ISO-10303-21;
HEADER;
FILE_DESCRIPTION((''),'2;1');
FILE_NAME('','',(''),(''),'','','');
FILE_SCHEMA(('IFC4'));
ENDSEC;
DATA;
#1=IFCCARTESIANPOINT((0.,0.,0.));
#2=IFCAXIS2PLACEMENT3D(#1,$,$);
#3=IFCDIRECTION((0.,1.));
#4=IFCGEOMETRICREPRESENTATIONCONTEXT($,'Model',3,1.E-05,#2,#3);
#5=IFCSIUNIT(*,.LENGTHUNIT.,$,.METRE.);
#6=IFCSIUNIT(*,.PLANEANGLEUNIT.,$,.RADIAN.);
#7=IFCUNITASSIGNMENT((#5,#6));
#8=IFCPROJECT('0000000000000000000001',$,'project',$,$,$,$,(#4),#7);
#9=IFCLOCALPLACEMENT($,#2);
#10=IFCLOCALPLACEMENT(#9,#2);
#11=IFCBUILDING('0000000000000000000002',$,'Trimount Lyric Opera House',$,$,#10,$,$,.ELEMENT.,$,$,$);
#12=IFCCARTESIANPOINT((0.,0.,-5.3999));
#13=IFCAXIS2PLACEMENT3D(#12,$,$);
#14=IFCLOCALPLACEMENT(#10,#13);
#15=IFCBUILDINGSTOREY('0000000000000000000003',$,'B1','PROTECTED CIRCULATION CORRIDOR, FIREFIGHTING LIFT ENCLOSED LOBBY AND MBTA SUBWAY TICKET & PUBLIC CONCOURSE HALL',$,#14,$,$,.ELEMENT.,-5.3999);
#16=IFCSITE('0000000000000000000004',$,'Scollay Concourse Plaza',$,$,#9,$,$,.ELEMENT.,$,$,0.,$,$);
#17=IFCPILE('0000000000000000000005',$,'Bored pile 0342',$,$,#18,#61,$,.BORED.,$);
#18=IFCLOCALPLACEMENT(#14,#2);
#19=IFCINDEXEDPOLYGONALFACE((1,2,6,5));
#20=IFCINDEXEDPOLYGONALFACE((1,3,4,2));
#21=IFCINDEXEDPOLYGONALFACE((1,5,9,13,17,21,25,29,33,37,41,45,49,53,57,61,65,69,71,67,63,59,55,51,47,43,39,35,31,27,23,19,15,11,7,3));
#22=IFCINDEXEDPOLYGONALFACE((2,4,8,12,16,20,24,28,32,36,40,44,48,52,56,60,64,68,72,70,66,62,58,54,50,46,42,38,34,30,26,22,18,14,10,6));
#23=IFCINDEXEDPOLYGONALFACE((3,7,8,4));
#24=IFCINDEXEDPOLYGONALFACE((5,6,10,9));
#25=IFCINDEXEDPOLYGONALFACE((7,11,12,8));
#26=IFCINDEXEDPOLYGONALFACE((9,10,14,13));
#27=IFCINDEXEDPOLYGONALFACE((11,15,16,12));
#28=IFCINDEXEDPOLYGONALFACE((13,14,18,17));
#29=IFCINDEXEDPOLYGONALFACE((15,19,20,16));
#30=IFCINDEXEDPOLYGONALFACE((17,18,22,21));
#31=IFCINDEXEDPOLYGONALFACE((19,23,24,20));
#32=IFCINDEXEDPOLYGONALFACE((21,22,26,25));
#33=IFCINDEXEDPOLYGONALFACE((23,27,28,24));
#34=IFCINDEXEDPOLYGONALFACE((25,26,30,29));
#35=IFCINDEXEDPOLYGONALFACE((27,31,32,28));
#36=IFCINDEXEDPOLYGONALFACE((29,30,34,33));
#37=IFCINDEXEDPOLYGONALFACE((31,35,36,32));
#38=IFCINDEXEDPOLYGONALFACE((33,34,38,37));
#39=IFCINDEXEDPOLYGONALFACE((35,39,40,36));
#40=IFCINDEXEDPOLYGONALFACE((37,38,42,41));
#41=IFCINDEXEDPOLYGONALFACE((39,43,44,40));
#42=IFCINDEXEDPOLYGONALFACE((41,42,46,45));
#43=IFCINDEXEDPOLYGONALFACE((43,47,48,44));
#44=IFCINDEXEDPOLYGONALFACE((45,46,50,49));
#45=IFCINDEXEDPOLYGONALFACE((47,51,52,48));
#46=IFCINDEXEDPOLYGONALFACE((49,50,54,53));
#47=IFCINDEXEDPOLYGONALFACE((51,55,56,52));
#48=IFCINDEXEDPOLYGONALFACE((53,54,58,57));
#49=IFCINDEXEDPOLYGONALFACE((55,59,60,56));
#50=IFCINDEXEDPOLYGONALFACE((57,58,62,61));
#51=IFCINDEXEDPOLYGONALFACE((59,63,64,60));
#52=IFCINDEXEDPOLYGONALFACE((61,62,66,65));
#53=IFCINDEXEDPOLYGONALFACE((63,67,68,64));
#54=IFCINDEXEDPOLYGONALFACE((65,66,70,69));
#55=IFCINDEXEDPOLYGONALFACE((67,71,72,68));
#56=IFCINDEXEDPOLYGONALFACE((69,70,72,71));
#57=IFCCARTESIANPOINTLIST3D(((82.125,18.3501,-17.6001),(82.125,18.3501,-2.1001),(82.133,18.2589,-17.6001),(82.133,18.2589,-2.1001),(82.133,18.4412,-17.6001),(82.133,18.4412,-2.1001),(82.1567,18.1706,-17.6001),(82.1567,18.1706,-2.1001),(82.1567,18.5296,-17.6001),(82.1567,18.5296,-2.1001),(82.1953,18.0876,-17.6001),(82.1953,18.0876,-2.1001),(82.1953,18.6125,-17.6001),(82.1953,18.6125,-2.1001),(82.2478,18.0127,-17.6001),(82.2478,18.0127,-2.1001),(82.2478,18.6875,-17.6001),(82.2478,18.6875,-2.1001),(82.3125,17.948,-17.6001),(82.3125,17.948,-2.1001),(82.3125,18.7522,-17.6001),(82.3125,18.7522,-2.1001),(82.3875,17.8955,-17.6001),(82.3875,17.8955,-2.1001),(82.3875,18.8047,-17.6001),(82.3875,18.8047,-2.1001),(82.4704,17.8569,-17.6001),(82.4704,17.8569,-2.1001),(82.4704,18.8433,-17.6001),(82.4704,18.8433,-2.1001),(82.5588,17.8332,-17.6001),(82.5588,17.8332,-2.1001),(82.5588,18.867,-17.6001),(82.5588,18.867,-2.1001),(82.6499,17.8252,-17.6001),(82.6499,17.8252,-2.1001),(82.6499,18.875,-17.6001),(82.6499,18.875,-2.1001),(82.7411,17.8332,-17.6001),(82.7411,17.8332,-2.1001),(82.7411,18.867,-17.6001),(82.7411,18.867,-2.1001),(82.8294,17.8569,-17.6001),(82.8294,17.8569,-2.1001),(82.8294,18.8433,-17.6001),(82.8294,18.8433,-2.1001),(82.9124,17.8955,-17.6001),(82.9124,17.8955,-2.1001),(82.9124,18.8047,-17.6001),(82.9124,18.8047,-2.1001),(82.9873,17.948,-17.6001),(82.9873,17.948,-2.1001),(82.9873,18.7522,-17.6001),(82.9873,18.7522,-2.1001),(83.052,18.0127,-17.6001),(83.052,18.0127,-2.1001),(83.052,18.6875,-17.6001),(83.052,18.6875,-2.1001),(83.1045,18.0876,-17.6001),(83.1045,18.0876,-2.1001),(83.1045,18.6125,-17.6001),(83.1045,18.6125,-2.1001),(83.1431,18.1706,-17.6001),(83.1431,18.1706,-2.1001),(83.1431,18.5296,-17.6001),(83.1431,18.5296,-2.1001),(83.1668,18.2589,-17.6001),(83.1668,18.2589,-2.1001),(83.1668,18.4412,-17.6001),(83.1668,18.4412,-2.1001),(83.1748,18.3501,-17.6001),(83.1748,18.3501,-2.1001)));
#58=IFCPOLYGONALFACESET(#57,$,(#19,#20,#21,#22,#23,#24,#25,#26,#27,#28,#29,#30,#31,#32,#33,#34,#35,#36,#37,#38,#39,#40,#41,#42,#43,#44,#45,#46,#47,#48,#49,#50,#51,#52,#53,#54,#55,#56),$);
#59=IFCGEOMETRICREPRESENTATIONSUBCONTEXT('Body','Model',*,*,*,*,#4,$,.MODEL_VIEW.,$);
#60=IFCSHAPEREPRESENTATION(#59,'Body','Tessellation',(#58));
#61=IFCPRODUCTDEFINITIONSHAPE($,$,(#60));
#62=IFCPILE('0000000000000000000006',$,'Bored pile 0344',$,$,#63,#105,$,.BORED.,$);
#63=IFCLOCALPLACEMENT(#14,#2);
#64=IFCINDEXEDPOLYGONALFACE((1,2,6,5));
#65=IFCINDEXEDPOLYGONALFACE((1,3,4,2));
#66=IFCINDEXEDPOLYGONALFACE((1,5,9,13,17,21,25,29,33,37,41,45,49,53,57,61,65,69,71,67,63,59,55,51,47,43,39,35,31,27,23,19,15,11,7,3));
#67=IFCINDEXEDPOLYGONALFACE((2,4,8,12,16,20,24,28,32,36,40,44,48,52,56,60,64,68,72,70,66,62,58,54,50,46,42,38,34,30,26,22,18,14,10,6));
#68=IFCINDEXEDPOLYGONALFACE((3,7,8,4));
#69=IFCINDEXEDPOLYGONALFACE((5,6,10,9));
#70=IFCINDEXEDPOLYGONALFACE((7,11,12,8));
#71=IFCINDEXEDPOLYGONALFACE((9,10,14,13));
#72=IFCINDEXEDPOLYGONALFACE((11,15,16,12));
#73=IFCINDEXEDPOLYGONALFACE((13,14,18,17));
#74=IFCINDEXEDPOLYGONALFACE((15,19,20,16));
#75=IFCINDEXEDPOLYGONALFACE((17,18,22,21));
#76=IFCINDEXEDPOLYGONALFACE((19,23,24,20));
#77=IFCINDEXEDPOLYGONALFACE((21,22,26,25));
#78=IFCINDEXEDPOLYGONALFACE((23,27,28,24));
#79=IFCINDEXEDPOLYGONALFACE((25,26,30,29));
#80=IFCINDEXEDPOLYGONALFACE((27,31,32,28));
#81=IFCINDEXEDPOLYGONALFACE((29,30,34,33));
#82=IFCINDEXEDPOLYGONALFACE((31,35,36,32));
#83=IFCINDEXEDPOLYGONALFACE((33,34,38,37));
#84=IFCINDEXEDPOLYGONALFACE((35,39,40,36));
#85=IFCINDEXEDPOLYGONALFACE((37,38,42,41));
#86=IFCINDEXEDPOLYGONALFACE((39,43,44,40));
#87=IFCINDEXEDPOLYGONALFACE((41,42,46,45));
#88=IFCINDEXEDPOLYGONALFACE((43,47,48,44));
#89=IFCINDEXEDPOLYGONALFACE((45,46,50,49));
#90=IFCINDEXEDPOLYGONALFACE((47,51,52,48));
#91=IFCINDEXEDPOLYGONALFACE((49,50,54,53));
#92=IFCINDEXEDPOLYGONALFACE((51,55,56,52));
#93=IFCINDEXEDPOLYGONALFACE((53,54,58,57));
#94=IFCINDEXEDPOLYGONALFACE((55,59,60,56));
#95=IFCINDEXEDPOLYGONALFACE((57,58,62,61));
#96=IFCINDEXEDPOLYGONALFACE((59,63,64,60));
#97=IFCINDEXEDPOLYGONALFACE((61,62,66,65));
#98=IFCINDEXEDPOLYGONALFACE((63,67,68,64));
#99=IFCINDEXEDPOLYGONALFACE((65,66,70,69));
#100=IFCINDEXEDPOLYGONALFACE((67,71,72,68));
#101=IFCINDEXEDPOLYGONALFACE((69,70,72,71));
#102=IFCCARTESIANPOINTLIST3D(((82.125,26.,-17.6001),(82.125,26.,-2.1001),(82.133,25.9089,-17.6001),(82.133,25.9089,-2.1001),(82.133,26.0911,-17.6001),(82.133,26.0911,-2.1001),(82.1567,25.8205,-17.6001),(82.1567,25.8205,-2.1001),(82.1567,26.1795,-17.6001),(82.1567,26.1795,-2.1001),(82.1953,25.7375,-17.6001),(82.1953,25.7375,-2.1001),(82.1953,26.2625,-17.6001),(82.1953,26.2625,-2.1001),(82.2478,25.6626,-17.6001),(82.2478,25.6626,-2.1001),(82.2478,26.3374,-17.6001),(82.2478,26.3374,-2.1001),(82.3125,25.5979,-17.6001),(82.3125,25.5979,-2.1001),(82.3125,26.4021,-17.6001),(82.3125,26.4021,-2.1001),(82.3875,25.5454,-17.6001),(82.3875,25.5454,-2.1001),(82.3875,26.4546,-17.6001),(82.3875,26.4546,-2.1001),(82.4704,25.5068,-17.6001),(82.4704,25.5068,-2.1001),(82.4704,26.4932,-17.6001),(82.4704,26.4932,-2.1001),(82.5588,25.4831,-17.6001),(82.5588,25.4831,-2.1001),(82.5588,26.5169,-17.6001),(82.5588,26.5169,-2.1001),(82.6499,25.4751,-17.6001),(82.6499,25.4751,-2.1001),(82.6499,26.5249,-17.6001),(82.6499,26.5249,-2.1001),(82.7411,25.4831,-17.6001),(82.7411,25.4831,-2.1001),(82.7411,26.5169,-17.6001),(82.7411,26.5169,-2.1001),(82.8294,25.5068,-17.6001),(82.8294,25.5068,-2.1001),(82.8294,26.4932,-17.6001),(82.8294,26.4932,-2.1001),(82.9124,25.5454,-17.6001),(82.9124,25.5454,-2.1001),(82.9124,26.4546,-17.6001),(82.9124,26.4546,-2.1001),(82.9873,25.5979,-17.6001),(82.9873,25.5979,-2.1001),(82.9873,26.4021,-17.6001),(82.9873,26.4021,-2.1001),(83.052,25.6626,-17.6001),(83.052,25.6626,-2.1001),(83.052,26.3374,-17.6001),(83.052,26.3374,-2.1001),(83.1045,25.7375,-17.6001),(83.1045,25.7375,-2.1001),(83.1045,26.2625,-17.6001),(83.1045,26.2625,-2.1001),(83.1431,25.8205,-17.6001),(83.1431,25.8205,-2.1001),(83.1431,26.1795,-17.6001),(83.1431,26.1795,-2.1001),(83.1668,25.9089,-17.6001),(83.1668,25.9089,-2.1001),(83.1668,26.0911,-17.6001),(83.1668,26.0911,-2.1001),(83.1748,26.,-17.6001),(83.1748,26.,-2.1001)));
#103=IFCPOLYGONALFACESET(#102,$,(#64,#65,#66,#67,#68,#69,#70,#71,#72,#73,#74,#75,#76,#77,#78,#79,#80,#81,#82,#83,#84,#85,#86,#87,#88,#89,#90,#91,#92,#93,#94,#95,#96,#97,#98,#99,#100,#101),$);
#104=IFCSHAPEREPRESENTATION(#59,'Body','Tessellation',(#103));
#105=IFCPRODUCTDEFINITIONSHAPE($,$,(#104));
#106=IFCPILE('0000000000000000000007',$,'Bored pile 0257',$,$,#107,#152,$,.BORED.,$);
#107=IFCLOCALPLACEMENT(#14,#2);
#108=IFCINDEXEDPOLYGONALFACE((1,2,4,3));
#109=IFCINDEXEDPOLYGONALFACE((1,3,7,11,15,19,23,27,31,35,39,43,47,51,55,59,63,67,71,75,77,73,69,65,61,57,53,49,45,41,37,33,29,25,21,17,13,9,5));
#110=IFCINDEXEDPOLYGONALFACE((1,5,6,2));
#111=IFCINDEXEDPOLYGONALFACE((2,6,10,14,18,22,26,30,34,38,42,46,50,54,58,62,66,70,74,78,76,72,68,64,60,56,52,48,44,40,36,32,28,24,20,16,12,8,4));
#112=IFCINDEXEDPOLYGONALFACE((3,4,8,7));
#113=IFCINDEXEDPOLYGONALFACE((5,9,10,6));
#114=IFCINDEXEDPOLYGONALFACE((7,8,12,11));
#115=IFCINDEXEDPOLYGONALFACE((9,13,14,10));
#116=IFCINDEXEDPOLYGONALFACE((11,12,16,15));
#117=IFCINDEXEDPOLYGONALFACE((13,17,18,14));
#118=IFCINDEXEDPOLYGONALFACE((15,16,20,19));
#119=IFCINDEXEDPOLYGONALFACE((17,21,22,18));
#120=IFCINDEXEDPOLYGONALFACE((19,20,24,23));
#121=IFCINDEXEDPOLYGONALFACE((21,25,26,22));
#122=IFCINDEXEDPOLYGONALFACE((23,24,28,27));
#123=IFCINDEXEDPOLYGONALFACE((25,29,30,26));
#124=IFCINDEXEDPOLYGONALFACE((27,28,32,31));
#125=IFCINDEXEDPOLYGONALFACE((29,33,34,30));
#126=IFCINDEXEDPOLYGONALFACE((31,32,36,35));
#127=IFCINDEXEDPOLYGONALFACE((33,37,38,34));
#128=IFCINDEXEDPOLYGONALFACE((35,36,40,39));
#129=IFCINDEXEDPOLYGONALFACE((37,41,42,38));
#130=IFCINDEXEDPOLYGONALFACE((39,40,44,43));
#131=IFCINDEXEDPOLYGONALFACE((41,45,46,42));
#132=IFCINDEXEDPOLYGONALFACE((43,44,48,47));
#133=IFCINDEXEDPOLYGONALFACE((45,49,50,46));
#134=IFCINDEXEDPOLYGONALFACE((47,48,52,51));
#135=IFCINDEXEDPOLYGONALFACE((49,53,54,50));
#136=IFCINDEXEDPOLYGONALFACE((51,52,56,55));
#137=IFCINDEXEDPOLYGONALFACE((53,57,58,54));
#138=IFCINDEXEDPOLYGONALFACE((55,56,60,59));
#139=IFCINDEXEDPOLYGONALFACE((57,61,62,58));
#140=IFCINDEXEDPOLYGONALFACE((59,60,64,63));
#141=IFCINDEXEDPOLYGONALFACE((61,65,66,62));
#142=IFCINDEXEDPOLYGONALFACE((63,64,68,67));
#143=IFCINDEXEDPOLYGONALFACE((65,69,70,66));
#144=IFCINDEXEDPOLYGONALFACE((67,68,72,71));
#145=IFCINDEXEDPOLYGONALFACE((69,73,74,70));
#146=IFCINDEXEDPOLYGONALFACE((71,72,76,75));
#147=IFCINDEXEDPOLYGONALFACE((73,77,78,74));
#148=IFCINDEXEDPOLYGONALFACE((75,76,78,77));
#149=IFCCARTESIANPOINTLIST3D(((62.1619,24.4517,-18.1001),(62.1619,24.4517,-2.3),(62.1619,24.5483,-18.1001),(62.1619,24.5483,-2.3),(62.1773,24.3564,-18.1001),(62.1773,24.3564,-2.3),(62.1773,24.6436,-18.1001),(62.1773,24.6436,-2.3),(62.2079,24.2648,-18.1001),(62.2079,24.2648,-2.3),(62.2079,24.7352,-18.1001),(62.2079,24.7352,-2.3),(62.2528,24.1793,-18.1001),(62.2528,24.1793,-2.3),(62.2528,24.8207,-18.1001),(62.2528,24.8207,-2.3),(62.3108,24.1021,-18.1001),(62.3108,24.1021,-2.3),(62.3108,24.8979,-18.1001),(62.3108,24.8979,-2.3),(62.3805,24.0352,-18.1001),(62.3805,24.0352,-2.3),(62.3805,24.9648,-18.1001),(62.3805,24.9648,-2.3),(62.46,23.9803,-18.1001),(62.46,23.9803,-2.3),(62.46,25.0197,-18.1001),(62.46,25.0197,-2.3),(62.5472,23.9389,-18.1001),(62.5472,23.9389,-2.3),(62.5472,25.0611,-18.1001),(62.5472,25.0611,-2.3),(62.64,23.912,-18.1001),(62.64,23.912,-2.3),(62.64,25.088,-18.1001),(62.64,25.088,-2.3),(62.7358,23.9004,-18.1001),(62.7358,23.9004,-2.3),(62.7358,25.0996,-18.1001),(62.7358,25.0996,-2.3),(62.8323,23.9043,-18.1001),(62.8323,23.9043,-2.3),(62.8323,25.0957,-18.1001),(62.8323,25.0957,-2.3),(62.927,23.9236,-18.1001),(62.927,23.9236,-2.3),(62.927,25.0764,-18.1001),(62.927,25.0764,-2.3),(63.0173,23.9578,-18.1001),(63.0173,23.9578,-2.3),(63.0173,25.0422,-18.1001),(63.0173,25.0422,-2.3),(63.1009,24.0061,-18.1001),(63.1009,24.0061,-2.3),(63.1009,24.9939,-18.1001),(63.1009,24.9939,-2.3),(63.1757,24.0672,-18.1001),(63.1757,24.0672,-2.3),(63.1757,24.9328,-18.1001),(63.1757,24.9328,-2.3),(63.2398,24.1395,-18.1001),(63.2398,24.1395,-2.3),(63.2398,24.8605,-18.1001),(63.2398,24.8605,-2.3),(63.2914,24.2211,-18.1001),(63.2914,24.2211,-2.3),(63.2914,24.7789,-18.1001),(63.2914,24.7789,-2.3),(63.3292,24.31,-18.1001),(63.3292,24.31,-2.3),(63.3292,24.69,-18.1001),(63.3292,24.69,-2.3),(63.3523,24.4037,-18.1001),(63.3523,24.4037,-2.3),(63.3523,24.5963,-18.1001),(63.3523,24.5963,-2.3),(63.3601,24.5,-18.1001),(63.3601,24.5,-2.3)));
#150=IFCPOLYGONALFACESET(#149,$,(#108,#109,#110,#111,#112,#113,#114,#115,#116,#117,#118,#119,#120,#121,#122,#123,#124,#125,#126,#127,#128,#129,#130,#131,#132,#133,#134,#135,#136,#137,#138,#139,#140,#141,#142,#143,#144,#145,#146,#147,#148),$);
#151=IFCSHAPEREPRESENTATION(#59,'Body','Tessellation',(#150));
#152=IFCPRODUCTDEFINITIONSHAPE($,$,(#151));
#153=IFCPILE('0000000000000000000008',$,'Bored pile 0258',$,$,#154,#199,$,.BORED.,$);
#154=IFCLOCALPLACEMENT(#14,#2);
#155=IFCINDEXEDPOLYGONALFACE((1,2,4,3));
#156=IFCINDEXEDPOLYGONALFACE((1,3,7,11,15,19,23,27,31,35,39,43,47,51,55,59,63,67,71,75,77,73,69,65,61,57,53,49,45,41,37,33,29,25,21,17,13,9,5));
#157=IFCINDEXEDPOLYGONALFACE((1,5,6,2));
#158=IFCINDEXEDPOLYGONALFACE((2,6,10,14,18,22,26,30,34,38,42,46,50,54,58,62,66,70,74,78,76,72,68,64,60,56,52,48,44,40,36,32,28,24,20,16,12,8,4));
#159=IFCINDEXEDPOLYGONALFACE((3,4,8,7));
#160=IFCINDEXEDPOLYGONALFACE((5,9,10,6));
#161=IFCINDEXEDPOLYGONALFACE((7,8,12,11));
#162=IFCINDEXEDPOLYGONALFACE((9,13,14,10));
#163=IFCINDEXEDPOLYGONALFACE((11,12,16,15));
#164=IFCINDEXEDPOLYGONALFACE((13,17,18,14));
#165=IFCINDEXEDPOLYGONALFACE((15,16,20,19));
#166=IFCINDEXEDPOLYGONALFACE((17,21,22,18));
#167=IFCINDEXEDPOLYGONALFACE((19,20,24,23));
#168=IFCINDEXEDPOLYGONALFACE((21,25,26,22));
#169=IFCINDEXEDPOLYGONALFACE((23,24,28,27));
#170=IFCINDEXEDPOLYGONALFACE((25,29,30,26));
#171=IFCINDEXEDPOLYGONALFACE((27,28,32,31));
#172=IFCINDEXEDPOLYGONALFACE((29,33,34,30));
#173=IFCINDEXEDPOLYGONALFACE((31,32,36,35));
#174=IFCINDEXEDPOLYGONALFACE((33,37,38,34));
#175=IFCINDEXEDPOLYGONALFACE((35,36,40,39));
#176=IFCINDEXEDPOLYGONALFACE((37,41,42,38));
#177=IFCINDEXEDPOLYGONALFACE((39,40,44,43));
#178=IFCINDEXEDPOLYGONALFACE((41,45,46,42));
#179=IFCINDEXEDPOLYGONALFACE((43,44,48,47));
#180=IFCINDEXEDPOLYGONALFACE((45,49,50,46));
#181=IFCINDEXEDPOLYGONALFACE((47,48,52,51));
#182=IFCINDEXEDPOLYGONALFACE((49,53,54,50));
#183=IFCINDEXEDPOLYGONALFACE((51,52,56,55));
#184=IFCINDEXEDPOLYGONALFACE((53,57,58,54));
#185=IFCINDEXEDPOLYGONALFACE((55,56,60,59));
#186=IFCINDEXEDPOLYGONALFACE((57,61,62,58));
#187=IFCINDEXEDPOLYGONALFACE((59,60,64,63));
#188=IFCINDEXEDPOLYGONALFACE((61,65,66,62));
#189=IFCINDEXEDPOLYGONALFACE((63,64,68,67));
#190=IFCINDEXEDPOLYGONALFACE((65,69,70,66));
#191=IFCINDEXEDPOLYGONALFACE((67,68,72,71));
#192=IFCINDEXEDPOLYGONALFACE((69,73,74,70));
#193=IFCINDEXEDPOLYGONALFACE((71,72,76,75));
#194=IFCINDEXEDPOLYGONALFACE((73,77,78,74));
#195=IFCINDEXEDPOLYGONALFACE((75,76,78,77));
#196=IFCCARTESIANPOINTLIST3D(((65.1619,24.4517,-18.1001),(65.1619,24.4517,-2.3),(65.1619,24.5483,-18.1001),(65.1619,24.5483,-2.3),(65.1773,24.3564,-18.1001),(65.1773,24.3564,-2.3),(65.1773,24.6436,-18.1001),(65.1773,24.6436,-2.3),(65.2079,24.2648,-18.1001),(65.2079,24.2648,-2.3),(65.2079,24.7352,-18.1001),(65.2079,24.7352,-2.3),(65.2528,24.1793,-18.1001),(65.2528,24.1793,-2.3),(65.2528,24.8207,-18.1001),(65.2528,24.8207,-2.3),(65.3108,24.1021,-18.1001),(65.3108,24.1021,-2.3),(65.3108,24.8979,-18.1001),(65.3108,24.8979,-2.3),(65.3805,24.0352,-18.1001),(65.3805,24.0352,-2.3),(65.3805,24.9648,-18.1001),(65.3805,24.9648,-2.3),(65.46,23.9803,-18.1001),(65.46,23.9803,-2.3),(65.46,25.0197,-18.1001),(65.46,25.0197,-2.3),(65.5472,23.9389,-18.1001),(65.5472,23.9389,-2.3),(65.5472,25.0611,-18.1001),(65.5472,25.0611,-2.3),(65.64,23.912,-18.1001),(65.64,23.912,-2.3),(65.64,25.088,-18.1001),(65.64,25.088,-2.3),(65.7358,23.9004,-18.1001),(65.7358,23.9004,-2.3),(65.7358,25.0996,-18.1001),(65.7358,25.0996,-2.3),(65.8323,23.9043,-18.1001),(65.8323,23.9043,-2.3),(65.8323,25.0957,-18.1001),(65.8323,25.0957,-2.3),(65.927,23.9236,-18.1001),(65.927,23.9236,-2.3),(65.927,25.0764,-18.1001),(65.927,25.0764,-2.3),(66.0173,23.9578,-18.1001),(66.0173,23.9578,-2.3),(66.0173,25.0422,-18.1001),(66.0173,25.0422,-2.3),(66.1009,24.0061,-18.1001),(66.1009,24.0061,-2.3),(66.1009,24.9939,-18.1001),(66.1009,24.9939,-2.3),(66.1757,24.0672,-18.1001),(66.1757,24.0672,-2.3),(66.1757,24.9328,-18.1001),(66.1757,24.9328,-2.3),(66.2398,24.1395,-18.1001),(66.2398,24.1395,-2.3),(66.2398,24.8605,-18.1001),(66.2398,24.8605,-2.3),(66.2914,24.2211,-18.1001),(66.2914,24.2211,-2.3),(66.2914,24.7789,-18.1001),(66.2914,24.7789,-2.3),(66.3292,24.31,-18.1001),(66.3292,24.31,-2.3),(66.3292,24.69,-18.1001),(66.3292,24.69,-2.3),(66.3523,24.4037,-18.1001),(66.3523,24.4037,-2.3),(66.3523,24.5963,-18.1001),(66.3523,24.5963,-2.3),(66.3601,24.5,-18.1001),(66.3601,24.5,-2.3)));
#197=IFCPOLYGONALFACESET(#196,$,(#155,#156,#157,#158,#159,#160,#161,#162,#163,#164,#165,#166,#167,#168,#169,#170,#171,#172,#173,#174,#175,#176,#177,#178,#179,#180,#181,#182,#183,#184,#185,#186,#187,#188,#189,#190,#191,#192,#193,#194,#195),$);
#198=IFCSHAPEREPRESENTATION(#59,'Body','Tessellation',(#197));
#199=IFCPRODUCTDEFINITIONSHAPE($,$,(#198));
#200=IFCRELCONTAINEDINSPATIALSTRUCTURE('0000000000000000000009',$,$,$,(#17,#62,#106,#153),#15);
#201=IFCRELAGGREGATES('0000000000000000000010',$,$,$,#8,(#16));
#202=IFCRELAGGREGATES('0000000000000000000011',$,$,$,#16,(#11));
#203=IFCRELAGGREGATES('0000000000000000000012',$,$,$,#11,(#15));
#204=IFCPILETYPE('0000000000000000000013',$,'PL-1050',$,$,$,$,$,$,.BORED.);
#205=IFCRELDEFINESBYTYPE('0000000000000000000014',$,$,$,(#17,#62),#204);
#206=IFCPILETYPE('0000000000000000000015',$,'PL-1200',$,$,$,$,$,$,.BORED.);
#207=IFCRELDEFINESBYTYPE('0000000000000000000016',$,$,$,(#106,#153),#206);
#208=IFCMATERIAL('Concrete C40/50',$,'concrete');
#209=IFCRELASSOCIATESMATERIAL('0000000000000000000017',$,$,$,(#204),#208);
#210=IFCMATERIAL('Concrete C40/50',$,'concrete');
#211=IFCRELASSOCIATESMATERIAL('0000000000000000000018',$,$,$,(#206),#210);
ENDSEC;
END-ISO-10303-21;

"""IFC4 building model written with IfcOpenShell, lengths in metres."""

from ifc_helpers import new_model, si_unit, direction, frame, origin, origin_2d, place, context, subcontext, project, spatial, circle, extrude, material, material_profile, profile_set, type_object, element, save


model = new_model("IFC4")

# Units and contexts
model_context = context("Model", 3, precision=1e-05, world=origin(), true_north=direction((0.0, 1.0)))
body_context = subcontext(model_context, "Body", "Model", "MODEL_VIEW")
ifc_project = project(units=[si_unit("LENGTHUNIT", "METRE"), si_unit("PLANEANGLEUNIT", "RADIAN")], contexts=[model_context])

# Site, building, storey
site_placement = place(None, origin())
site = spatial("IfcSite", under=ifc_project, at=site_placement, Name="Scollay Concourse Plaza", CompositionType="ELEMENT", RefElevation=0.0)
building_placement = place(site_placement, origin())
building = spatial("IfcBuilding", under=site, at=building_placement, Name="Trimount Lyric Opera House", CompositionType="ELEMENT")
storey_placement = place(building_placement, frame((0.0, 0.0, -5.3999)))
storey = spatial("IfcBuildingStorey", under=building, at=storey_placement, Name="B1", Description="PROTECTED CIRCULATION CORRIDOR, FIREFIGHTING LIFT ENCLOSED LOBBY AND MBTA SUBWAY TICKET & PUBLIC CONCOURSE HALL", CompositionType="ELEMENT", Elevation=-5.3999)

# Piles
ifc_material_1 = material(Name="Concrete C40/50", Category="concrete")
ifc_material_profile_1 = material_profile(ifc_material_1, circle(Radius=0.5249, at=origin_2d()), Name="PILE-D1050")
ifc_profile_set_1 = profile_set([ifc_material_profile_1], Name="Concrete C40/50")
pile_type_1 = type_object("IfcPileType", Name="PL-1050", PredefinedType="BORED", material=ifc_profile_set_1)
for number, where, z_axis, x_axis, name in (
    (1, (82.6499, 18.3501, -2.1001), (0.0, 0.0, -1.0), (1.0, 0.0, 0.0), "Bored pile 0342"),
    (2, (82.6499, 26.0, -2.1001), (0.0, 0.0, -1.0), (1.0, 0.0, 0.0), "Bored pile 0344"),
):
    element("IfcPile", number, at=place(storey_placement, frame(where, z_axis=z_axis, x_axis=x_axis)), inside=storey, type_object=pile_type_1, Name=name, PredefinedType="BORED", context=body_context, shape_type="SweptSolid", body=[
        extrude(circle(Radius=0.5249, at=origin_2d()), origin(), (0.0, 0.0, 1.0), 15.5),
    ])
ifc_material_2 = material(Name="Concrete C40/50", Category="concrete")
ifc_material_profile_2 = material_profile(ifc_material_2, circle(Radius=0.6001, at=origin_2d()), Name="PILE-D1200")
ifc_profile_set_2 = profile_set([ifc_material_profile_2], Name="Concrete C40/50")
pile_type_2 = type_object("IfcPileType", Name="PL-1200", PredefinedType="BORED", material=ifc_profile_set_2)
for number, where, z_axis, x_axis, name in (
    (3, (62.76, 24.5, -2.3), (0.0, 0.0, -1.0), (1.0, 0.0, 0.0), "Bored pile 0257"),
    (4, (65.76, 24.5, -2.3), (0.0, 0.0, -1.0), (1.0, 0.0, 0.0), "Bored pile 0258"),
):
    element("IfcPile", number, at=place(storey_placement, frame(where, z_axis=z_axis, x_axis=x_axis)), inside=storey, type_object=pile_type_2, Name=name, PredefinedType="BORED", context=body_context, shape_type="SweptSolid", body=[
        extrude(circle(Radius=0.6001, at=origin_2d()), origin(), (0.0, 0.0, 1.0), 15.8),
    ])

save(model, "model.ifc")
